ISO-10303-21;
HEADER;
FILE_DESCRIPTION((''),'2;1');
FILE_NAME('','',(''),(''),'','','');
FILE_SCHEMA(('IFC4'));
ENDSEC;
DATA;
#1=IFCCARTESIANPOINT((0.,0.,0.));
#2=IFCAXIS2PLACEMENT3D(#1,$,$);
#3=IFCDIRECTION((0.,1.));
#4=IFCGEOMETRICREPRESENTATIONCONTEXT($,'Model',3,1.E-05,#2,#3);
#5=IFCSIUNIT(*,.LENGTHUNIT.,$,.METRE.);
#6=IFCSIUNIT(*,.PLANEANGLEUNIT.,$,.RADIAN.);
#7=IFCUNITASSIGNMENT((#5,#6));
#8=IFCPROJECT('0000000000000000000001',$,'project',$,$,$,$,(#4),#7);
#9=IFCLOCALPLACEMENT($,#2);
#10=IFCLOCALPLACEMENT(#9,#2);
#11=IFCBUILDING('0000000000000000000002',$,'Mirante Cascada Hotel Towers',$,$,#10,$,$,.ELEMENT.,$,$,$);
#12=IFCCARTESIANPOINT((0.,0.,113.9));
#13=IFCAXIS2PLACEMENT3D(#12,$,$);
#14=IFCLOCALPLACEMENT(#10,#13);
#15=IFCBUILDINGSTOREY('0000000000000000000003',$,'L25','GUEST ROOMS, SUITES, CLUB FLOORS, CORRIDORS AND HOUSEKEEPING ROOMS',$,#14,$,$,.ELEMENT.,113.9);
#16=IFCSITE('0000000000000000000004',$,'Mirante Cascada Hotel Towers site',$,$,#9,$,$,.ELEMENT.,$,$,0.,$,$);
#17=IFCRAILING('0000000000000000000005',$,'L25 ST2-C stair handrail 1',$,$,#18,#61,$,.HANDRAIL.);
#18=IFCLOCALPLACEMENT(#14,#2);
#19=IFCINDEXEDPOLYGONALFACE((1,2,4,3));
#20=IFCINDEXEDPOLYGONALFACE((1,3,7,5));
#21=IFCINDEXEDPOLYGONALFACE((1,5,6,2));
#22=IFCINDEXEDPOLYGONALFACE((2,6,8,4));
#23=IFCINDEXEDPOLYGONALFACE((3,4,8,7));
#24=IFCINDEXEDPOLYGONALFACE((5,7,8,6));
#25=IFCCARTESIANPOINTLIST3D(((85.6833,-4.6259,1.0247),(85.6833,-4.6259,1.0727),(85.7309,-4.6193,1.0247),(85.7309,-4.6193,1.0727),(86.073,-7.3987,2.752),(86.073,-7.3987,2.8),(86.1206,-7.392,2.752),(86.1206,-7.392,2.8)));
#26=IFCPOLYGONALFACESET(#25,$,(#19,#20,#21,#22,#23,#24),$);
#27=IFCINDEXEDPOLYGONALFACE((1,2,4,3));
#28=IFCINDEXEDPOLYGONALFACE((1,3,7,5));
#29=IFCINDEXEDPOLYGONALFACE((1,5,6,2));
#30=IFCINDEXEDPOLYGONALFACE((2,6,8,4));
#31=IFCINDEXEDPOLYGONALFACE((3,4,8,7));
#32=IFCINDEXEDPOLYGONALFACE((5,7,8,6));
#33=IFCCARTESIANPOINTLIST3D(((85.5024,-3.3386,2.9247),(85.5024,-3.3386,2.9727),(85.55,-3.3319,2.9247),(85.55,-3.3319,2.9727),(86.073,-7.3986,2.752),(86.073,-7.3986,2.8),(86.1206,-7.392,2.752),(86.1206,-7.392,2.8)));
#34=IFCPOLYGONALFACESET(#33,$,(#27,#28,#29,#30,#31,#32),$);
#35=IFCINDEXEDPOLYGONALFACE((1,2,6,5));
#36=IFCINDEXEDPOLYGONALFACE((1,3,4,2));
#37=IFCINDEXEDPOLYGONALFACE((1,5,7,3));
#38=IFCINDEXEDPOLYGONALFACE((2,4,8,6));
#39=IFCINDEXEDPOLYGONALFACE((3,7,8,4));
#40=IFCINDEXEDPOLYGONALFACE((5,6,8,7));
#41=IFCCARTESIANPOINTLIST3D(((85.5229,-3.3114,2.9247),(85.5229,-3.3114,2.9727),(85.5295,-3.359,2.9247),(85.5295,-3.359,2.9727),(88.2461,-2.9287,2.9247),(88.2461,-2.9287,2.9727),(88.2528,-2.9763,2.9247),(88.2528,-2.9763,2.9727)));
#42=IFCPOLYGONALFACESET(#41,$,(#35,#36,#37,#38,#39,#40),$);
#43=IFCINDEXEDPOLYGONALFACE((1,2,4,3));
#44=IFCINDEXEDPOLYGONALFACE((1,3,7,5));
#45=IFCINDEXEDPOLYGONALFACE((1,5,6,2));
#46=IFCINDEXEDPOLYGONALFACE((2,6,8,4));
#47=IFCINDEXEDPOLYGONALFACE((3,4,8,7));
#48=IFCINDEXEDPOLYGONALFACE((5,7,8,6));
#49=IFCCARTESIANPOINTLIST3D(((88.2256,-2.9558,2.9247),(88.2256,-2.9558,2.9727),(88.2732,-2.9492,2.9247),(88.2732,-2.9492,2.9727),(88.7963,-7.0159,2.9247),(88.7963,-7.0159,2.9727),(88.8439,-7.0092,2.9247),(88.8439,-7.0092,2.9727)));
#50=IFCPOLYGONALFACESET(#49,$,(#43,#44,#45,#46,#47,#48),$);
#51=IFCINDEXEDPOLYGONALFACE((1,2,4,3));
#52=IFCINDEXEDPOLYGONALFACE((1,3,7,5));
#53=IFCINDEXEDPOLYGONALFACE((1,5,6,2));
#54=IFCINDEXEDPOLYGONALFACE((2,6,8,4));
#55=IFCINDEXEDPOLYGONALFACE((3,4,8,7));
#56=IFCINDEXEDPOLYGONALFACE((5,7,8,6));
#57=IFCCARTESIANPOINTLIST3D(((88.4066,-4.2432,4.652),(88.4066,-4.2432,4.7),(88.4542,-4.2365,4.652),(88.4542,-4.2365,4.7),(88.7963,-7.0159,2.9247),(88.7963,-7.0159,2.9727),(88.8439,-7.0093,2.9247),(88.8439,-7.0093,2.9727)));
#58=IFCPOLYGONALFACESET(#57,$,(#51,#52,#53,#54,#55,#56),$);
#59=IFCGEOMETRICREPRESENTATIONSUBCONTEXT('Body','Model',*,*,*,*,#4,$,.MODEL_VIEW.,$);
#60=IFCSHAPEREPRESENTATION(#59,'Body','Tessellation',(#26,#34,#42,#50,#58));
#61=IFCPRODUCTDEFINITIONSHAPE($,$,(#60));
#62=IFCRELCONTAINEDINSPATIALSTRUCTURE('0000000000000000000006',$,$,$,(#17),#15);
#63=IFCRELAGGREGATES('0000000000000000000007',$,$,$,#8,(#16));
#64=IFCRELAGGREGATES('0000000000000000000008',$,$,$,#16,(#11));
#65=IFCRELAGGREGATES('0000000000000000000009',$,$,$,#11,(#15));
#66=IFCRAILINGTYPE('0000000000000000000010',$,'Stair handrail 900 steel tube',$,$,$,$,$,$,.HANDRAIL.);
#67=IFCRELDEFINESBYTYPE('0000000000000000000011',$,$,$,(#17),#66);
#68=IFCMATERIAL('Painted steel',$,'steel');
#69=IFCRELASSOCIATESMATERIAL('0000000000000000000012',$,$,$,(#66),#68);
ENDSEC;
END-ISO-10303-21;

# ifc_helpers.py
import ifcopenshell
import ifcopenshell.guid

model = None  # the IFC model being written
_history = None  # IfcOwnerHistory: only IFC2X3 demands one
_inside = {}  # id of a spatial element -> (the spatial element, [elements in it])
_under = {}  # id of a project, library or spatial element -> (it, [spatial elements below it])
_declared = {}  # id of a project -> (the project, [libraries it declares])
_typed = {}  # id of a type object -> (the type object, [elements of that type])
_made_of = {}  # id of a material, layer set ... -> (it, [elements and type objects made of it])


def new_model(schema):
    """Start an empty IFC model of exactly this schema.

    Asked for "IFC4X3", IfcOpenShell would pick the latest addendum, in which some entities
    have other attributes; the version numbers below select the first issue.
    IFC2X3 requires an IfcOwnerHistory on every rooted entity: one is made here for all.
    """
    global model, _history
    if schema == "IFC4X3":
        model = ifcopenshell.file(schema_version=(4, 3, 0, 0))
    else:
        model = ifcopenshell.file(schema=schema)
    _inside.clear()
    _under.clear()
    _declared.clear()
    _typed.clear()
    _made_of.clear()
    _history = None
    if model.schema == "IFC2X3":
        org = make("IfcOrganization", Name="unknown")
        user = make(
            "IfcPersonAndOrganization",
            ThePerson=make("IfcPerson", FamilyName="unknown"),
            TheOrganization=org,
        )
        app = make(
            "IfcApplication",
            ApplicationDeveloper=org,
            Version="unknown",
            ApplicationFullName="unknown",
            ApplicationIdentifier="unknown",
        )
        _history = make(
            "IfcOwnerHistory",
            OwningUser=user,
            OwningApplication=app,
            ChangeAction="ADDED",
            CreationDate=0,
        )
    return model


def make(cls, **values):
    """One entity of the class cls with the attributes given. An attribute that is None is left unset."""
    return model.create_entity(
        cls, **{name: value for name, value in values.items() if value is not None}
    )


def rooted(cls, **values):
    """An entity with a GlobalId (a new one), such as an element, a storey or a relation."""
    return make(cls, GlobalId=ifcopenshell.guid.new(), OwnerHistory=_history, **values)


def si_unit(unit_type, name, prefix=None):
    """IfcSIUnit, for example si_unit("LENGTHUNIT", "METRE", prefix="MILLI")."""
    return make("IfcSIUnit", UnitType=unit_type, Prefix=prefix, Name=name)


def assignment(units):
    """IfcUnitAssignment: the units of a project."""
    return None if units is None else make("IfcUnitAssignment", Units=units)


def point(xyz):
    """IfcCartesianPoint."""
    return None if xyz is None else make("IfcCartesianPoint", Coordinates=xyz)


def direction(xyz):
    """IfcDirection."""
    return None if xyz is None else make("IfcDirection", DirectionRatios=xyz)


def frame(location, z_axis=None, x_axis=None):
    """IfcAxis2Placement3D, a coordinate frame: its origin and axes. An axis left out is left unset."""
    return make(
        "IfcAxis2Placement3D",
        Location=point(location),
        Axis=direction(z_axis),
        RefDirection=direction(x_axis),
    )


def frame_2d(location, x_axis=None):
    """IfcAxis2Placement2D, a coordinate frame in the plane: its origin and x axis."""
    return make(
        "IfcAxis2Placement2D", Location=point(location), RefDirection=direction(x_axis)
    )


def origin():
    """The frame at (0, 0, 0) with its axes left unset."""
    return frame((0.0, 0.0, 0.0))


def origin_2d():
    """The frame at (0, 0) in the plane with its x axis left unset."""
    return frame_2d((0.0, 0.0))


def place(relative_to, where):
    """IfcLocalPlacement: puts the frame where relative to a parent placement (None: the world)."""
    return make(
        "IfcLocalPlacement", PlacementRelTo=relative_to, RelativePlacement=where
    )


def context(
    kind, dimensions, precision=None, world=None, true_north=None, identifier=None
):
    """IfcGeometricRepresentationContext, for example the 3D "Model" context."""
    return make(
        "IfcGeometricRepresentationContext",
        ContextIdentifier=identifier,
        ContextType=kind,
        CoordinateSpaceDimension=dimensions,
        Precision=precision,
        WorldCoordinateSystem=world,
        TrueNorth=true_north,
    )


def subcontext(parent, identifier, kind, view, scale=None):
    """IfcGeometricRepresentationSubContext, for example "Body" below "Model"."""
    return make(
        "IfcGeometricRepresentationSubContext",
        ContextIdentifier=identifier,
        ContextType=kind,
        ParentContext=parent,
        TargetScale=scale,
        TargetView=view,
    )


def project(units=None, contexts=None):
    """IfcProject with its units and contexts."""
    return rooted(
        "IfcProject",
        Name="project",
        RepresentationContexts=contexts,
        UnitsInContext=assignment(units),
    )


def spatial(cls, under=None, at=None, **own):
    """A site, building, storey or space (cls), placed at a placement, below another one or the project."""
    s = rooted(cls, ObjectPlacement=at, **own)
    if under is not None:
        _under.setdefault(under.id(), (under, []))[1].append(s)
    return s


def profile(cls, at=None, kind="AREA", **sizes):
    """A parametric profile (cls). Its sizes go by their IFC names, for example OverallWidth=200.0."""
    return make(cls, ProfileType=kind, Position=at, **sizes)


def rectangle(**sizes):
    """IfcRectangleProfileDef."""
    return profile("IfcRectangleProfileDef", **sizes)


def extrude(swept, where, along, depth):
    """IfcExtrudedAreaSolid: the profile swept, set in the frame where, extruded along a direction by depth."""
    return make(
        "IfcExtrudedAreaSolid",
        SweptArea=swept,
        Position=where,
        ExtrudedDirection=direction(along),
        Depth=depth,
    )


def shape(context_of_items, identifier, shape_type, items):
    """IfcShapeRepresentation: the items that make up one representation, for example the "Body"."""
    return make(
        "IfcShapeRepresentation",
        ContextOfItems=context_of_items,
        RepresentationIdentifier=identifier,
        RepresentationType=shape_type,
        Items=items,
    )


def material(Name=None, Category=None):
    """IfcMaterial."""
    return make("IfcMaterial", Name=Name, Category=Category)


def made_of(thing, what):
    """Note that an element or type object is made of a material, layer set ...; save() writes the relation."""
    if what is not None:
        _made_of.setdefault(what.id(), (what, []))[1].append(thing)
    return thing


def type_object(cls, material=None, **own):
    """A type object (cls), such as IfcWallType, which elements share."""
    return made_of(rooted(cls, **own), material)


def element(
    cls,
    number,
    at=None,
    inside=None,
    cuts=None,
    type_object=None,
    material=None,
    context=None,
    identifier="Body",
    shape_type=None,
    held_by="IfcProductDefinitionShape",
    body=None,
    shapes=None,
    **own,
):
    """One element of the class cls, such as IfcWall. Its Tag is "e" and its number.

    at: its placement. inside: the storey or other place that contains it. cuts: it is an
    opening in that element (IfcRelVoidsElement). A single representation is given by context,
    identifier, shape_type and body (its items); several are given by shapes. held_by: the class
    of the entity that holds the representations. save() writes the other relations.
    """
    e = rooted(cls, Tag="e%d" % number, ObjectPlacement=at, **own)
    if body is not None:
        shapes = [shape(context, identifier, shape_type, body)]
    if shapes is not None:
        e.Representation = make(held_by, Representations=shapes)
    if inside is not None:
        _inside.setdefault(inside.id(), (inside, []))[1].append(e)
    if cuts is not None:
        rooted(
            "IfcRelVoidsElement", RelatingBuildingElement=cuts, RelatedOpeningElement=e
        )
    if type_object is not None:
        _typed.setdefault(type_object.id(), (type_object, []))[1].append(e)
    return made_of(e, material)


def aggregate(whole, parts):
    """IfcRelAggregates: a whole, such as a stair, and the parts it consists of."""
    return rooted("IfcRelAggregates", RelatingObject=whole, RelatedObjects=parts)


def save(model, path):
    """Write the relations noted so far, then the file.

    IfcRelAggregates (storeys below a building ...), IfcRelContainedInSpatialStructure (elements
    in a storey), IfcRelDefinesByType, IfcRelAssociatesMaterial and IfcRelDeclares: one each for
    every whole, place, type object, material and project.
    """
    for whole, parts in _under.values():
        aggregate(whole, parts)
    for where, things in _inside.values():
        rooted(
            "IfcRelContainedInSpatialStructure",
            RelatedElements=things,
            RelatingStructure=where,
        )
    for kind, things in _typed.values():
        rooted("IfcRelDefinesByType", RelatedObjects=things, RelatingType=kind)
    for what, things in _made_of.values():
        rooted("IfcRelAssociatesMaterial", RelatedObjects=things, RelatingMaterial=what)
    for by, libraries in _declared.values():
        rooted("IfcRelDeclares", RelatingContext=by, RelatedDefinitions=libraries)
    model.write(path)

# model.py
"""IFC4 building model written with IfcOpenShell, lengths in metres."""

from ifc_helpers import new_model, si_unit, direction, frame, origin, origin_2d, place, context, subcontext, project, spatial, rectangle, extrude, material, type_object, element, save


model = new_model("IFC4")

# Units and contexts
model_context = context("Model", 3, precision=1e-05, world=origin(), true_north=direction((0.0, 1.0)))
body_context = subcontext(model_context, "Body", "Model", "MODEL_VIEW")
ifc_project = project(units=[si_unit("LENGTHUNIT", "METRE"), si_unit("PLANEANGLEUNIT", "RADIAN")], contexts=[model_context])

# Site, building, storey
site_placement = place(None, origin())
site = spatial("IfcSite", under=ifc_project, at=site_placement, Name="Mirante Cascada Hotel Towers site", CompositionType="ELEMENT", RefElevation=0.0)
building_placement = place(site_placement, origin())
building = spatial("IfcBuilding", under=site, at=building_placement, Name="Mirante Cascada Hotel Towers", CompositionType="ELEMENT")
storey_placement = place(building_placement, frame((0.0, 0.0, 113.9)))
storey = spatial("IfcBuildingStorey", under=building, at=storey_placement, Name="L25", Description="GUEST ROOMS, SUITES, CLUB FLOORS, CORRIDORS AND HOUSEKEEPING ROOMS", CompositionType="ELEMENT", Elevation=113.9)

# Railing
ifc_material_1 = material(Name="Painted steel", Category="steel")
railing_type = type_object("IfcRailingType", Name="Stair handrail 900 steel tube", PredefinedType="HANDRAIL", material=ifc_material_1)
railing_placement = place(storey_placement, frame((85.7071, -4.6226, 0.1727)))
element("IfcRailing", 1, at=railing_placement, inside=storey, type_object=railing_type, Name="L25 ST2-C stair handrail 1", PredefinedType="HANDRAIL", context=body_context, shape_type="SweptSolid", body=[
    extrude(rectangle(XDim=0.048, YDim=0.048, at=origin_2d()), frame((0.0, 0.0, 0.876), z_axis=(0.139181, -0.990267, 0.0), x_axis=(0.990267, 0.139181, 0.0)), (0.0, 0.525035, 0.851081), 3.2899),
    extrude(rectangle(XDim=0.048, YDim=0.048, at=origin_2d()), frame((0.3897, -2.7727, 2.6033), z_axis=(-0.139171, 0.990268, 0.0), x_axis=(-0.990268, -0.139171, 0.0)), (0.0, 0.042085, 0.999114), 4.1036),
    extrude(rectangle(XDim=0.048, YDim=0.048, at=origin_2d()), frame((-0.1809, 1.2874, 2.776), z_axis=(0.990269, 0.139166, 0.0), x_axis=(-0.139166, 0.990269, 0.0)), (0.0, 0.0, 1.0), 2.75),
    extrude(rectangle(XDim=0.048, YDim=0.048, at=origin_2d()), frame((2.5423, 1.6701, 2.776), z_axis=(0.139195, -0.990265, 0.0), x_axis=(0.990265, 0.139195, 0.0)), (0.0, 0.0, 1.0), 4.1),
    extrude(rectangle(XDim=0.048, YDim=0.048, at=origin_2d()), frame((3.113, -2.39, 2.776), z_axis=(-0.139181, 0.990267, 0.0), x_axis=(-0.990267, -0.139181, 0.0)), (0.0, 0.525035, 0.851081), 3.2899),
])

save(model, "model.ifc")
